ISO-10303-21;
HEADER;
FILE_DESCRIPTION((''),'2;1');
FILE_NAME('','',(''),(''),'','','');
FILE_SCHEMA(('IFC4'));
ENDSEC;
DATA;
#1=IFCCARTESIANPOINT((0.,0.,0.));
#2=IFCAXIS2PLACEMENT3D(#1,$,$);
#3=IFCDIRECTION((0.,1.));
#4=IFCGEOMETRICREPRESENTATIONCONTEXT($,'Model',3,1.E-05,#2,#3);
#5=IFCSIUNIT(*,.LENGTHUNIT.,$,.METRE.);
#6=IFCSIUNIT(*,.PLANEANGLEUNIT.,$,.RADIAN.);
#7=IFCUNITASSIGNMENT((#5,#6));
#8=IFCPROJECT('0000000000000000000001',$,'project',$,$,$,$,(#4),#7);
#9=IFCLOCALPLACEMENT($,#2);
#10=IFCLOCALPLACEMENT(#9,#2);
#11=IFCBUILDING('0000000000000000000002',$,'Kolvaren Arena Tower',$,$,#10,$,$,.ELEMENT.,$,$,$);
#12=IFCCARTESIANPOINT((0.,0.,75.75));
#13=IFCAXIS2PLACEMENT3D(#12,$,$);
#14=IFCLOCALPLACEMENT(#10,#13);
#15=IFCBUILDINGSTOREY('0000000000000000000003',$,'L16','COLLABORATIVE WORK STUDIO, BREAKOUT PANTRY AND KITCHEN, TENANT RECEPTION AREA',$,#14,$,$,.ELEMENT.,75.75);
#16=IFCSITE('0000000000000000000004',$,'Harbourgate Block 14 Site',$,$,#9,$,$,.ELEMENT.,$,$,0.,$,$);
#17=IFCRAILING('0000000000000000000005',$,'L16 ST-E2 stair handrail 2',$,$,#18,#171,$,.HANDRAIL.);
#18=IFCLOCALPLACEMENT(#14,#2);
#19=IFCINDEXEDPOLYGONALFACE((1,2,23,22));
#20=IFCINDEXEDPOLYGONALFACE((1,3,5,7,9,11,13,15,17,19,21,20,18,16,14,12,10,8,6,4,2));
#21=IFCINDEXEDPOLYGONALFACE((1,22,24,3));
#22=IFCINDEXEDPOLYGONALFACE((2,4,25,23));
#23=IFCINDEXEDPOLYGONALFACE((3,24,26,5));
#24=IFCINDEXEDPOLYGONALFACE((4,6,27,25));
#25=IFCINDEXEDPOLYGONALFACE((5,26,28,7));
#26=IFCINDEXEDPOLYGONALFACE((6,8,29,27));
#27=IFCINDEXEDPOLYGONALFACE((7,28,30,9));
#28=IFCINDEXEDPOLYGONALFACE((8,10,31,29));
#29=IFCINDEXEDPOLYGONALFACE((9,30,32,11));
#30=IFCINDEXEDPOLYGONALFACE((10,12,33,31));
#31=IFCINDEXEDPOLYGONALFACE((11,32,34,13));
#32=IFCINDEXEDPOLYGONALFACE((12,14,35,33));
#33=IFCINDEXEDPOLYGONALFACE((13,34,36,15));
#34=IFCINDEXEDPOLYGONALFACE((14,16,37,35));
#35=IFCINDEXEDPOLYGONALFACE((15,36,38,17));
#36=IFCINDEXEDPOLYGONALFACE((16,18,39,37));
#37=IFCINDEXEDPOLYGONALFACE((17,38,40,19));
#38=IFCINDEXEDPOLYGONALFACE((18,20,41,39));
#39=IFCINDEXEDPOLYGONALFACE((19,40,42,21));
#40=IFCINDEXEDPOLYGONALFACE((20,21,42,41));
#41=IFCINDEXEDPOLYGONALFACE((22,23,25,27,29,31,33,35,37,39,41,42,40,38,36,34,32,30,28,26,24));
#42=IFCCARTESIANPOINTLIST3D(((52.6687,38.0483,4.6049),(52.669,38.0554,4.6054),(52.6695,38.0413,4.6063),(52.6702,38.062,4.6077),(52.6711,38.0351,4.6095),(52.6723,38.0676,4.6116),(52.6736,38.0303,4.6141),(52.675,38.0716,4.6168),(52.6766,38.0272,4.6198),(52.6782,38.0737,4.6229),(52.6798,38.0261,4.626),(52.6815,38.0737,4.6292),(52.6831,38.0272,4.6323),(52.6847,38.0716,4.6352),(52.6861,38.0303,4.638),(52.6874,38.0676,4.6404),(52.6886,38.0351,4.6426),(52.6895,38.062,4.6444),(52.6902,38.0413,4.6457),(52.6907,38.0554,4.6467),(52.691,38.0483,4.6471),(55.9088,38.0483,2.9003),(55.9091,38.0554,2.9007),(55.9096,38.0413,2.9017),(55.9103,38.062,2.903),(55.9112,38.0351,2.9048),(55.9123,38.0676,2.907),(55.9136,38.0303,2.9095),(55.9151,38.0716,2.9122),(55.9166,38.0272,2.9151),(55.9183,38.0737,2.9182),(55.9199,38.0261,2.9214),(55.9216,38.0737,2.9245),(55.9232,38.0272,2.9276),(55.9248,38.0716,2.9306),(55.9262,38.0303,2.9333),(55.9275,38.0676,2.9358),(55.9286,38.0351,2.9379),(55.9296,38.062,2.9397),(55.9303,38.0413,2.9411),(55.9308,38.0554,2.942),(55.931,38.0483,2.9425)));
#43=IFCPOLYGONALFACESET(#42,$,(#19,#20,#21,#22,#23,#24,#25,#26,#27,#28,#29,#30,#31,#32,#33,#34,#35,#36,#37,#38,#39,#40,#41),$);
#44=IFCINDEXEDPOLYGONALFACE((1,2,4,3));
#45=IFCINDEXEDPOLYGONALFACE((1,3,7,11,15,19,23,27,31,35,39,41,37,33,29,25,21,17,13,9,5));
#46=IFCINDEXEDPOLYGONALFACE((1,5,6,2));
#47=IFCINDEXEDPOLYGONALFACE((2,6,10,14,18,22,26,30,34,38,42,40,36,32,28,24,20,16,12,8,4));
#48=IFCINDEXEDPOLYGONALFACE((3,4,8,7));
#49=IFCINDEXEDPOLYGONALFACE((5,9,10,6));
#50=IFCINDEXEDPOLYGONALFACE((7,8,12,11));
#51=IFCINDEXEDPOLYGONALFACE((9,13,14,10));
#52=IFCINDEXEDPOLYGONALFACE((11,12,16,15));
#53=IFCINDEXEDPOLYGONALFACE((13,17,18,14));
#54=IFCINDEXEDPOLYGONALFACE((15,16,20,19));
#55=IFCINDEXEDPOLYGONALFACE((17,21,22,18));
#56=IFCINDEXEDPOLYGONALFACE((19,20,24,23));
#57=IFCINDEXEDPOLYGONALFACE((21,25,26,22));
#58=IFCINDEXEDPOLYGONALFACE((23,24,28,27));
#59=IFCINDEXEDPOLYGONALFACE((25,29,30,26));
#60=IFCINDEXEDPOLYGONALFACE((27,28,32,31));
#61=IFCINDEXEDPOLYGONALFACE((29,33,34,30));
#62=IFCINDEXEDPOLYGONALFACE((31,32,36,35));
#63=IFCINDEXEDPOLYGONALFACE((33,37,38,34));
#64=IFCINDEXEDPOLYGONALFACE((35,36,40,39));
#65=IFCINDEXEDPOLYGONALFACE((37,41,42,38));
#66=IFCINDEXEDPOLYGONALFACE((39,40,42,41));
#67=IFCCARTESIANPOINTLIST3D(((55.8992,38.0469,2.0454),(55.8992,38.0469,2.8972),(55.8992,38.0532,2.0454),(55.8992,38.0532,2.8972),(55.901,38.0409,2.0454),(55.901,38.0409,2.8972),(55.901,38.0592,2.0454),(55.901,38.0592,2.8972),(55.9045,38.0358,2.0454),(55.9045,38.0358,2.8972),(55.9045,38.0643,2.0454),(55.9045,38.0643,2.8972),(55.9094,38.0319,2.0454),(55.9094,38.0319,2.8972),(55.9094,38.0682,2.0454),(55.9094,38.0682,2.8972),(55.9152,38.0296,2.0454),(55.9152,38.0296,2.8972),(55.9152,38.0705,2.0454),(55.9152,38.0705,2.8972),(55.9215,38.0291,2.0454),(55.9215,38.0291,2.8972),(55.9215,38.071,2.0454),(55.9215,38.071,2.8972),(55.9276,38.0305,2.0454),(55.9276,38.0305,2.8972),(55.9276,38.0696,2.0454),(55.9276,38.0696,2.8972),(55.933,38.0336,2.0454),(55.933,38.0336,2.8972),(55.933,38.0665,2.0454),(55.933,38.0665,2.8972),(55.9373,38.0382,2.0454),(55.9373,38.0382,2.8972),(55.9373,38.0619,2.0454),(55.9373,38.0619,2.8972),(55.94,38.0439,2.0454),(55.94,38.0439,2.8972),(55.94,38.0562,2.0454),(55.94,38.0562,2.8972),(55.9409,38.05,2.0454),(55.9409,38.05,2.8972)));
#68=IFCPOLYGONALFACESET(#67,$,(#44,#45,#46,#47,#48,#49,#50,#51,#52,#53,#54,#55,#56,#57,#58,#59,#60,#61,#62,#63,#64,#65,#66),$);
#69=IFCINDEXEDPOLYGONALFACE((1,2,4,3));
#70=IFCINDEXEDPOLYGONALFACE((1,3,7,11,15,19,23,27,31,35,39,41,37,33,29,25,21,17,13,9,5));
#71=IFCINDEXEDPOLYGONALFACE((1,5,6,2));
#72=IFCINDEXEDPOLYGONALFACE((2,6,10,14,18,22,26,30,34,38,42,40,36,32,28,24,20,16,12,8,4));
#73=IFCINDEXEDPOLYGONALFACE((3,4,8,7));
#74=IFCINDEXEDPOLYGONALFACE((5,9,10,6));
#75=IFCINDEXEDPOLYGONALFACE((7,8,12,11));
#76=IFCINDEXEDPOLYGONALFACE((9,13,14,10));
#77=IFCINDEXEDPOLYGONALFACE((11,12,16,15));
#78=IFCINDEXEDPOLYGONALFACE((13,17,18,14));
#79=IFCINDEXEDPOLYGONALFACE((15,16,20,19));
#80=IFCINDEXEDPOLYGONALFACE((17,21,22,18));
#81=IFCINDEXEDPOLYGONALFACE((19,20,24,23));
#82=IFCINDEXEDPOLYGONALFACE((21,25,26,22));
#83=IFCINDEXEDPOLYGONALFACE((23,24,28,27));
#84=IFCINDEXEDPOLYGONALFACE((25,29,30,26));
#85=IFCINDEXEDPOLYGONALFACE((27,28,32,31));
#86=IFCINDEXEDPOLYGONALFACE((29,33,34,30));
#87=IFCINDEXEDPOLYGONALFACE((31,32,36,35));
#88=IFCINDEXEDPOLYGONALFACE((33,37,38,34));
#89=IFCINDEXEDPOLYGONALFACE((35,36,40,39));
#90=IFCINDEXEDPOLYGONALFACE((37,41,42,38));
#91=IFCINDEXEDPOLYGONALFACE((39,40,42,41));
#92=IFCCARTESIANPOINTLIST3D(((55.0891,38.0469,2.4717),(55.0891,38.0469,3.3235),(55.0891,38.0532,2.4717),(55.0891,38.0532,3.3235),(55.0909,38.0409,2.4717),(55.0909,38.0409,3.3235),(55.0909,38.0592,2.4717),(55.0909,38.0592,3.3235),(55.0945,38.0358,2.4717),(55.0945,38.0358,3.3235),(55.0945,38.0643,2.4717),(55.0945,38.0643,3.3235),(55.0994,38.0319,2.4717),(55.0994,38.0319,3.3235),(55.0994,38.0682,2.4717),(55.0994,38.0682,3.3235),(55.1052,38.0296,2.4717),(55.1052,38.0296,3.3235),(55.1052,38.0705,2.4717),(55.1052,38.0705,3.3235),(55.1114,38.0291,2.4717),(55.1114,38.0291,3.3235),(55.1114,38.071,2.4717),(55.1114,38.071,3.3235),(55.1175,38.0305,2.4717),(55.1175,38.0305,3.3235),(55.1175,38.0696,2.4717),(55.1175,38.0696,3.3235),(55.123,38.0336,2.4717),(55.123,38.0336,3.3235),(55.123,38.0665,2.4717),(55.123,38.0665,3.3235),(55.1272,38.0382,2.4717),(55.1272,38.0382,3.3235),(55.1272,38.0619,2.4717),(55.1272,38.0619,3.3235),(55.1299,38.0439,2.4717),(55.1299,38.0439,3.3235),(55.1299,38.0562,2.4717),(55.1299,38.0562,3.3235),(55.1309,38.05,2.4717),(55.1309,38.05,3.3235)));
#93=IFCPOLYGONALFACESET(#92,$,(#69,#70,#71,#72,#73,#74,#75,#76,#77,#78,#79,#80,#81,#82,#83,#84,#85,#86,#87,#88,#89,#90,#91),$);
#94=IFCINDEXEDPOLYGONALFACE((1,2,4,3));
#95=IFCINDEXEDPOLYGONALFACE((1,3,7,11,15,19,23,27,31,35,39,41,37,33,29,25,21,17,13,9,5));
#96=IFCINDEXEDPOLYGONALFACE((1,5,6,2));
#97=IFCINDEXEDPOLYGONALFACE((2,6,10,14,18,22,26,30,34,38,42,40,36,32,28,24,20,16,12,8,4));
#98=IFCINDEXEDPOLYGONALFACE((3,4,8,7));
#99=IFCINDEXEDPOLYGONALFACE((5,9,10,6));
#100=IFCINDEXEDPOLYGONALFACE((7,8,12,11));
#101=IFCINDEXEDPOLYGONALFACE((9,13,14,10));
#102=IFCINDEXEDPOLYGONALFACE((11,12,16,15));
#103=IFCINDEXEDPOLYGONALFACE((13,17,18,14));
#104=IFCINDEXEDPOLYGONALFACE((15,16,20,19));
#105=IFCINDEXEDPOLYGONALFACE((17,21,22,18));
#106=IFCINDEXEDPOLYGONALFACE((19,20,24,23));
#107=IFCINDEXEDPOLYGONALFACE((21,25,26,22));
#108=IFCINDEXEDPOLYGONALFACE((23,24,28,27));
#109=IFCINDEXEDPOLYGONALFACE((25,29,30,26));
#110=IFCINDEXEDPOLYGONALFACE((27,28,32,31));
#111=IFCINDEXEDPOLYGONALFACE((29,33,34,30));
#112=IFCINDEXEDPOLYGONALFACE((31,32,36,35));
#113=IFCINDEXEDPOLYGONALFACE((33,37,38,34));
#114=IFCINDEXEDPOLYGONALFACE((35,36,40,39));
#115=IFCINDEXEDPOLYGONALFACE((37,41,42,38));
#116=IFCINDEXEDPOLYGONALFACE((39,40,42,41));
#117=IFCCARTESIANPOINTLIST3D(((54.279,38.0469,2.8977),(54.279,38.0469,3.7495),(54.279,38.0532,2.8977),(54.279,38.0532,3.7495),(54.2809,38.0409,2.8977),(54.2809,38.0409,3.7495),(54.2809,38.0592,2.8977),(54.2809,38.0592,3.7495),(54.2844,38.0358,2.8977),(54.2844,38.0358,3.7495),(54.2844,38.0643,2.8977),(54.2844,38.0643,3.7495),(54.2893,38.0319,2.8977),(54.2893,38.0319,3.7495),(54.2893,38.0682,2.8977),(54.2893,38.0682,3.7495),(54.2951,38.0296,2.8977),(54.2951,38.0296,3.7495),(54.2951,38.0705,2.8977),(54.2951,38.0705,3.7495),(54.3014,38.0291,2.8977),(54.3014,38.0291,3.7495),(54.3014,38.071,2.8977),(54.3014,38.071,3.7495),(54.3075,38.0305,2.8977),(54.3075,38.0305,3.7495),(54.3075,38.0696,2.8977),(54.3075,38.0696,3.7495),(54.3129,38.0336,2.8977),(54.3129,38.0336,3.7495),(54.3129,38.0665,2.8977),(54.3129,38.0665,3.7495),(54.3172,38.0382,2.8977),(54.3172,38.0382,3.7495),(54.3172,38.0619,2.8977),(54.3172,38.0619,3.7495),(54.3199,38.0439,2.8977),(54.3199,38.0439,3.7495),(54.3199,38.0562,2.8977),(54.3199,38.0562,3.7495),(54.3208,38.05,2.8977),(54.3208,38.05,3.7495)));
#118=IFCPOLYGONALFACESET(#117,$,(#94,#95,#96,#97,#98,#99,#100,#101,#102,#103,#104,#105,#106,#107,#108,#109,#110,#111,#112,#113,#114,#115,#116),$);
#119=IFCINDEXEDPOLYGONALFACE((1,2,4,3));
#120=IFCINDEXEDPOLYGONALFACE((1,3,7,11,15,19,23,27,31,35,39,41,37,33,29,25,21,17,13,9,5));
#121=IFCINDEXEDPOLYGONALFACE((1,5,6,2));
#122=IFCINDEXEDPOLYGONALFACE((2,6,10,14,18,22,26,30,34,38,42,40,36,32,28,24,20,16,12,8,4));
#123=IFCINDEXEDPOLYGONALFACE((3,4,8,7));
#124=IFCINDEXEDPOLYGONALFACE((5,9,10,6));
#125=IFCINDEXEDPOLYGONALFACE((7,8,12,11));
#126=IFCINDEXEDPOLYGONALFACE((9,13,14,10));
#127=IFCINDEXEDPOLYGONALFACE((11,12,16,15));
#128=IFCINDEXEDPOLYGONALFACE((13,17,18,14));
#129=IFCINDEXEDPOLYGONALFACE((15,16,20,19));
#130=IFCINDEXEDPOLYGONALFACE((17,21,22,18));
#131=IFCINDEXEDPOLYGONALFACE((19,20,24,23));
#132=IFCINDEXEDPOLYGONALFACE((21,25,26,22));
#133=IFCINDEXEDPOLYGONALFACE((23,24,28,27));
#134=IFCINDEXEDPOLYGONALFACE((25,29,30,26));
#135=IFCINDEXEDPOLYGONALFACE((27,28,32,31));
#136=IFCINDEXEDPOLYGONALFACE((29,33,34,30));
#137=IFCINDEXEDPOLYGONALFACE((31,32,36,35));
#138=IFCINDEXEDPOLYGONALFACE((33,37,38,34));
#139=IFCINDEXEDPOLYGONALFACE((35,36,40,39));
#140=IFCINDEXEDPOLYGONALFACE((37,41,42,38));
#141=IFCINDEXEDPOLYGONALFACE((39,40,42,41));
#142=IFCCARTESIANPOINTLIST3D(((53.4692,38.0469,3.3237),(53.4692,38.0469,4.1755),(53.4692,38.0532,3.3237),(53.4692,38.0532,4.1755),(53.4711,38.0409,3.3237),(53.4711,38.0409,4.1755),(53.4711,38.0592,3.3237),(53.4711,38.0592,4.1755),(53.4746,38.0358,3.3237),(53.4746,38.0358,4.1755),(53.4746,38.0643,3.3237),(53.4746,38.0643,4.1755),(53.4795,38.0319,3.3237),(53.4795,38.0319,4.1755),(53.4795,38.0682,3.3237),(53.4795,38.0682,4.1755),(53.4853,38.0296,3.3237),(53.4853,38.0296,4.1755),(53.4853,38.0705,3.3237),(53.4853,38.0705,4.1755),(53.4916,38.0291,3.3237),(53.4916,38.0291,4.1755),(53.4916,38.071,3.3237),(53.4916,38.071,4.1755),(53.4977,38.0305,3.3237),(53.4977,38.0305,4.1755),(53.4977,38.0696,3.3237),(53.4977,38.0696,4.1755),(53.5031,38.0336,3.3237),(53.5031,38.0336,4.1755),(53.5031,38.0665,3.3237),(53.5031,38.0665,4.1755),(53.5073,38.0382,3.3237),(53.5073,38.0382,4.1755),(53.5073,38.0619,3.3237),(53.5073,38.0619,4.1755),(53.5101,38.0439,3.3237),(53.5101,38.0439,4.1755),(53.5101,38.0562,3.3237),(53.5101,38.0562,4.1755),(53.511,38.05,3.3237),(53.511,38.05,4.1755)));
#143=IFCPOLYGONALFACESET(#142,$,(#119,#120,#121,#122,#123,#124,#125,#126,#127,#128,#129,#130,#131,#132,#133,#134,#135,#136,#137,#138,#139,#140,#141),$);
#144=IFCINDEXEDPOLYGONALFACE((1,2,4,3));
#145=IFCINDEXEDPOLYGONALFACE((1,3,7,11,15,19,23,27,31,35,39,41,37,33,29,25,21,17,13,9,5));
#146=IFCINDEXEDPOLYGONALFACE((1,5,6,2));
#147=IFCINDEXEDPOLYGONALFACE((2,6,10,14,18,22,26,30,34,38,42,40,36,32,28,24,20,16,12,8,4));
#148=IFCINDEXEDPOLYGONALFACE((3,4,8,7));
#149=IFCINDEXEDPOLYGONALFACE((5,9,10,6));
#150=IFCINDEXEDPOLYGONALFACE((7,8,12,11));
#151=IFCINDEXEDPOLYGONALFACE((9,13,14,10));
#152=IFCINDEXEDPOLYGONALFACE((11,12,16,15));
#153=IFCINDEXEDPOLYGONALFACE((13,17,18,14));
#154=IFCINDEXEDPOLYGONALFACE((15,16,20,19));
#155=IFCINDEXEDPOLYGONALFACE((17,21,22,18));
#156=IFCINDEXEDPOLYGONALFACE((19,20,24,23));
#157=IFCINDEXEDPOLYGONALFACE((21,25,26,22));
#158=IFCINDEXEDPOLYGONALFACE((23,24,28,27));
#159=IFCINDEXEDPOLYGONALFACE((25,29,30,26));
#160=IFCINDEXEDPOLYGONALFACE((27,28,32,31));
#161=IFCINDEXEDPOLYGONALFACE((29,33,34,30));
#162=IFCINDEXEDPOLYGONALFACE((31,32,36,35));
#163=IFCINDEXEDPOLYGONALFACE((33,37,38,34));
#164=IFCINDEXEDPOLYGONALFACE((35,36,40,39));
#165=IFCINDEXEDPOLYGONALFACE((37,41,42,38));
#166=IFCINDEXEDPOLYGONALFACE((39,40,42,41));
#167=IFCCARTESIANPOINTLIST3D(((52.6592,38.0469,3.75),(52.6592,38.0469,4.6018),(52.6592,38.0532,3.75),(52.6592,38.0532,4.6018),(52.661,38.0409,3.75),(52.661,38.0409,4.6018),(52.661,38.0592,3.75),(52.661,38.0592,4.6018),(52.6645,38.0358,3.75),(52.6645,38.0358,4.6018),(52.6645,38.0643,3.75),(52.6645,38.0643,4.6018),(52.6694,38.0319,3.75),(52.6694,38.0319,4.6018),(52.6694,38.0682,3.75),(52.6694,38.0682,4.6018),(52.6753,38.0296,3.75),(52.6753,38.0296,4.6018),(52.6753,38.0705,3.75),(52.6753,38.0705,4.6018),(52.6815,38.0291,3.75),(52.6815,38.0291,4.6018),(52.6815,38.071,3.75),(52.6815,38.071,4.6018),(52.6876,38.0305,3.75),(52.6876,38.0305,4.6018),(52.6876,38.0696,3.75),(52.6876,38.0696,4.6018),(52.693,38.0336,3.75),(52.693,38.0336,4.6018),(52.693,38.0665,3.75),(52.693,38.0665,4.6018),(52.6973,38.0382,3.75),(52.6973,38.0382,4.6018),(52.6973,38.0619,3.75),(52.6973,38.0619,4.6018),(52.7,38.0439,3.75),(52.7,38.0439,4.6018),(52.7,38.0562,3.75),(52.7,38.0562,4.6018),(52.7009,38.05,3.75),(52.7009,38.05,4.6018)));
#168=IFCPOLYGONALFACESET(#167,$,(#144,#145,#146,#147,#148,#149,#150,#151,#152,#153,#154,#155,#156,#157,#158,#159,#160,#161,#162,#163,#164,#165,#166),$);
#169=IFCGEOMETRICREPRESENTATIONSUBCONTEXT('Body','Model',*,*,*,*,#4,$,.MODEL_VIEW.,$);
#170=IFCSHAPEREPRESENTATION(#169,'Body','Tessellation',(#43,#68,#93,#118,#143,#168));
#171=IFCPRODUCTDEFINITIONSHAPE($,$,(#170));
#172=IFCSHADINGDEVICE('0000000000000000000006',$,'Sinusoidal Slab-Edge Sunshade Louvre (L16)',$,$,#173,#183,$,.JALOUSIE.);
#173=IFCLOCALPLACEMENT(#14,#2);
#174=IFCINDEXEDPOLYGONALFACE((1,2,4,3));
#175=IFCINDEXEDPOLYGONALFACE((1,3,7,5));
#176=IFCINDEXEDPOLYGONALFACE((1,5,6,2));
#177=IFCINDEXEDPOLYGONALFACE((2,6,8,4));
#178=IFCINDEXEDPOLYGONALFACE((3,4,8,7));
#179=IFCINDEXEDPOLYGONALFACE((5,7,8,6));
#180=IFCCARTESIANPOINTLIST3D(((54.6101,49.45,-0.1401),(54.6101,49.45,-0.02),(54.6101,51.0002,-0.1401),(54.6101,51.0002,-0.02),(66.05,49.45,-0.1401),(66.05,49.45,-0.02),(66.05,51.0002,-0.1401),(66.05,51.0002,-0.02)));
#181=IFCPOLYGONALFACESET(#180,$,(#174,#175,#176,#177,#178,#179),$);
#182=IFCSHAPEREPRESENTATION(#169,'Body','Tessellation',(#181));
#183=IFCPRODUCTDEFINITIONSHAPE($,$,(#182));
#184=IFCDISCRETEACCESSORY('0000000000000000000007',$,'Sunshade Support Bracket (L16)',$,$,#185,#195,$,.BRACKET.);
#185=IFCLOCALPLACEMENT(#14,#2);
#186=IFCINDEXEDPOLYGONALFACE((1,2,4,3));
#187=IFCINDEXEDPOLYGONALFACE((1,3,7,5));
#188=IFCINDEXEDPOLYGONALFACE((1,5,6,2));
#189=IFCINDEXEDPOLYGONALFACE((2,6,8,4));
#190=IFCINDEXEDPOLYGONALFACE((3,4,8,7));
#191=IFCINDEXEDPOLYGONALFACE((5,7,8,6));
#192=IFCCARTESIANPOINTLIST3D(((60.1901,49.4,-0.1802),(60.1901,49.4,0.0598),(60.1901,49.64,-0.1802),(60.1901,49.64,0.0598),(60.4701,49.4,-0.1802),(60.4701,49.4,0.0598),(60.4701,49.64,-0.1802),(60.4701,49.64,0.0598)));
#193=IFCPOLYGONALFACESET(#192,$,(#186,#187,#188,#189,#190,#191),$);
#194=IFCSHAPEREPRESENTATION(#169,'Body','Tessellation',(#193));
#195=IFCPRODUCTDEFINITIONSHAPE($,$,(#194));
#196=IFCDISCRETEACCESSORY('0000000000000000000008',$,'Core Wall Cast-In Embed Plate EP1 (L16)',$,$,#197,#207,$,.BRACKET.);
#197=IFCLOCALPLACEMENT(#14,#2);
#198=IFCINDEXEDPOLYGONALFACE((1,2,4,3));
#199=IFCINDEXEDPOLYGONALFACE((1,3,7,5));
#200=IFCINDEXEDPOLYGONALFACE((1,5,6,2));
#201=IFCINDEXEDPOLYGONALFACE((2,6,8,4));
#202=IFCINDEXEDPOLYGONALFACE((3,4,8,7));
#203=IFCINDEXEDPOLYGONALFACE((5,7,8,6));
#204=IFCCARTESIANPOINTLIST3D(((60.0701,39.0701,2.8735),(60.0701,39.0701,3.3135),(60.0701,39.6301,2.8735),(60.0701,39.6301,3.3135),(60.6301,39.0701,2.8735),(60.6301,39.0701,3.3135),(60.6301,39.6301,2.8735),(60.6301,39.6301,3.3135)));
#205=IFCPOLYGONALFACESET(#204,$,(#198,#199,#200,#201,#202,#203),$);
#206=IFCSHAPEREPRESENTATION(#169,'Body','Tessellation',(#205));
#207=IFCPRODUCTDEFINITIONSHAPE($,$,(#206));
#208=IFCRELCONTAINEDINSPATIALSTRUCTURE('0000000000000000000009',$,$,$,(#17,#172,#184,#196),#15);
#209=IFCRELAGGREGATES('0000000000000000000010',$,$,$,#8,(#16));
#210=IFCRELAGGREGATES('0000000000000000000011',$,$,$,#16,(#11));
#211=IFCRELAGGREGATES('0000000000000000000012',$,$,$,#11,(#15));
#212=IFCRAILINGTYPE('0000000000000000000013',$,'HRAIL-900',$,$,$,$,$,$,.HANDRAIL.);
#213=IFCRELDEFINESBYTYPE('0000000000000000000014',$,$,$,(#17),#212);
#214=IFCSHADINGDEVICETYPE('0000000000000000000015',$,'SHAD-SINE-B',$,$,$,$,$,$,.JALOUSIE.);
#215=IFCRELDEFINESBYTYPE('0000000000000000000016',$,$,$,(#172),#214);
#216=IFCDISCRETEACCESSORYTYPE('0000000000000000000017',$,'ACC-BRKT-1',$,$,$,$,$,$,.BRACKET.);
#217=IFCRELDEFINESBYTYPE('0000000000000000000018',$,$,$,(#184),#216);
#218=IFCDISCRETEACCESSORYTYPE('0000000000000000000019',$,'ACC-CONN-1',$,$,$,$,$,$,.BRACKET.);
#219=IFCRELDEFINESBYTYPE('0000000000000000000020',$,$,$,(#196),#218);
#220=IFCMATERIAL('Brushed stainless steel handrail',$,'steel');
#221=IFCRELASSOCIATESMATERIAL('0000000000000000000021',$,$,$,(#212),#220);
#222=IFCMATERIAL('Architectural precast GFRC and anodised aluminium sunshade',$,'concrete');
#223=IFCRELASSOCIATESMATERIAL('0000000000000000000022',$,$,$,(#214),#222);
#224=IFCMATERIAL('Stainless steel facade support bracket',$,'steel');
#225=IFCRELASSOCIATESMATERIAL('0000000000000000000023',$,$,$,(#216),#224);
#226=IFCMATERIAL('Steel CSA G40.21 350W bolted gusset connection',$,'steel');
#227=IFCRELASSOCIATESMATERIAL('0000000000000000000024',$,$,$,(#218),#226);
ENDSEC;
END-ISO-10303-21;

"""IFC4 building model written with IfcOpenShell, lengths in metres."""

from ifc_helpers import new_model, si_unit, direction, frame, origin, origin_2d, place, context, subcontext, project, spatial, rectangle, circle, extrude, material, type_object, element, save


model = new_model("IFC4")

# Units and contexts
model_context = context("Model", 3, precision=1e-05, world=origin(), true_north=direction((0.0, 1.0)))
body_context = subcontext(model_context, "Body", "Model", "MODEL_VIEW")
ifc_project = project(units=[si_unit("LENGTHUNIT", "METRE"), si_unit("PLANEANGLEUNIT", "RADIAN")], contexts=[model_context])

# Site, building, storey
site_placement = place(None, origin())
site = spatial("IfcSite", under=ifc_project, at=site_placement, Name="Harbourgate Block 14 Site", CompositionType="ELEMENT", RefElevation=0.0)
building_placement = place(site_placement, origin())
building = spatial("IfcBuilding", under=site, at=building_placement, Name="Kolvaren Arena Tower", CompositionType="ELEMENT")
storey_placement = place(building_placement, frame((0.0, 0.0, 75.75)))
storey = spatial("IfcBuildingStorey", under=building, at=storey_placement, Name="L16", Description="COLLABORATIVE WORK STUDIO, BREAKOUT PANTRY AND KITCHEN, TENANT RECEPTION AREA", CompositionType="ELEMENT", Elevation=75.75)

# Railing
ifc_material_1 = material(Name="Brushed stainless steel handrail", Category="steel")
railing_type = type_object("IfcRailingType", Name="HRAIL-900", PredefinedType="HANDRAIL", material=ifc_material_1)
railing_placement = place(storey_placement, frame((55.9199, 38.05, 2.0454)))
element("IfcRailing", 1, at=railing_placement, inside=storey, type_object=railing_type, Name="L16 ST-E2 stair handrail 2", PredefinedType="HANDRAIL", context=body_context, shape_type="SweptSolid", body=[
    extrude(circle(Radius=0.0239, at=origin_2d()), frame((0.0, 0.0, 0.876), z_axis=(-0.884993, 0.0, 0.465604), x_axis=(0.0, -1.0, 0.0)), (0.0, 0.0, 1.0), 3.6611),
    extrude(circle(Radius=0.021, at=origin_2d()), origin(), (0.0, 0.0, 1.0), 0.8518),
    extrude(circle(Radius=0.021, at=origin_2d()), frame((-0.8101, 0.0, 0.4263)), (0.0, 0.0, 1.0), 0.8518),
    extrude(circle(Radius=0.021, at=origin_2d()), frame((-1.6201, 0.0, 0.8523)), (0.0, 0.0, 1.0), 0.8518),
    extrude(circle(Radius=0.021, at=origin_2d()), frame((-2.4299, 0.0, 1.2783)), (0.0, 0.0, 1.0), 0.8518),
    extrude(circle(Radius=0.021, at=origin_2d()), frame((-3.24, 0.0, 1.7046)), (0.0, 0.0, 1.0), 0.8518),
])

# Shading device
ifc_material_2 = material(Name="Architectural precast GFRC and anodised aluminium sunshade", Category="concrete")
shading_device_type = type_object("IfcShadingDeviceType", Name="SHAD-SINE-B", PredefinedType="JALOUSIE", material=ifc_material_2)
shading_device_placement = place(storey_placement, frame((60.3301, 50.2251, -0.1401), z_axis=(0.0, 0.0, 1.0), x_axis=(1.0, 0.0, 0.0)))
element("IfcShadingDevice", 2, at=shading_device_placement, inside=storey, type_object=shading_device_type, Name="Sinusoidal Slab-Edge Sunshade Louvre (L16)", PredefinedType="JALOUSIE", context=body_context, shape_type="SweptSolid", body=[
    extrude(rectangle(XDim=11.4399, YDim=1.5503, at=origin_2d()), origin(), (0.0, 0.0, 1.0), 0.1201),
])

# Discrete accessories
ifc_material_3 = material(Name="Stainless steel facade support bracket", Category="steel")
discrete_accessory_type_1 = type_object("IfcDiscreteAccessoryType", Name="ACC-BRKT-1", PredefinedType="BRACKET", material=ifc_material_3)
discrete_accessory_1_placement = place(storey_placement, frame((60.3301, 49.52, -0.1802), z_axis=(0.0, 0.0, 1.0), x_axis=(1.0, 0.0, 0.0)))
element("IfcDiscreteAccessory", 3, at=discrete_accessory_1_placement, inside=storey, type_object=discrete_accessory_type_1, Name="Sunshade Support Bracket (L16)", PredefinedType="BRACKET", context=body_context, shape_type="SweptSolid", body=[
    extrude(rectangle(XDim=0.28, YDim=0.24, at=origin_2d()), origin(), (0.0, 0.0, 1.0), 0.24),
])
ifc_material_4 = material(Name="Steel CSA G40.21 350W bolted gusset connection", Category="steel")
discrete_accessory_type_2 = type_object("IfcDiscreteAccessoryType", Name="ACC-CONN-1", PredefinedType="BRACKET", material=ifc_material_4)
discrete_accessory_2_placement = place(storey_placement, frame((60.3501, 39.3501, 2.8735), z_axis=(0.0, 0.0, 1.0), x_axis=(1.0, 0.0, 0.0)))
element("IfcDiscreteAccessory", 4, at=discrete_accessory_2_placement, inside=storey, type_object=discrete_accessory_type_2, Name="Core Wall Cast-In Embed Plate EP1 (L16)", PredefinedType="BRACKET", context=body_context, shape_type="SweptSolid", body=[
    extrude(rectangle(XDim=0.5601, YDim=0.5601, at=origin_2d()), origin(), (0.0, 0.0, 1.0), 0.4399),
])

save(model, "model.ifc")
